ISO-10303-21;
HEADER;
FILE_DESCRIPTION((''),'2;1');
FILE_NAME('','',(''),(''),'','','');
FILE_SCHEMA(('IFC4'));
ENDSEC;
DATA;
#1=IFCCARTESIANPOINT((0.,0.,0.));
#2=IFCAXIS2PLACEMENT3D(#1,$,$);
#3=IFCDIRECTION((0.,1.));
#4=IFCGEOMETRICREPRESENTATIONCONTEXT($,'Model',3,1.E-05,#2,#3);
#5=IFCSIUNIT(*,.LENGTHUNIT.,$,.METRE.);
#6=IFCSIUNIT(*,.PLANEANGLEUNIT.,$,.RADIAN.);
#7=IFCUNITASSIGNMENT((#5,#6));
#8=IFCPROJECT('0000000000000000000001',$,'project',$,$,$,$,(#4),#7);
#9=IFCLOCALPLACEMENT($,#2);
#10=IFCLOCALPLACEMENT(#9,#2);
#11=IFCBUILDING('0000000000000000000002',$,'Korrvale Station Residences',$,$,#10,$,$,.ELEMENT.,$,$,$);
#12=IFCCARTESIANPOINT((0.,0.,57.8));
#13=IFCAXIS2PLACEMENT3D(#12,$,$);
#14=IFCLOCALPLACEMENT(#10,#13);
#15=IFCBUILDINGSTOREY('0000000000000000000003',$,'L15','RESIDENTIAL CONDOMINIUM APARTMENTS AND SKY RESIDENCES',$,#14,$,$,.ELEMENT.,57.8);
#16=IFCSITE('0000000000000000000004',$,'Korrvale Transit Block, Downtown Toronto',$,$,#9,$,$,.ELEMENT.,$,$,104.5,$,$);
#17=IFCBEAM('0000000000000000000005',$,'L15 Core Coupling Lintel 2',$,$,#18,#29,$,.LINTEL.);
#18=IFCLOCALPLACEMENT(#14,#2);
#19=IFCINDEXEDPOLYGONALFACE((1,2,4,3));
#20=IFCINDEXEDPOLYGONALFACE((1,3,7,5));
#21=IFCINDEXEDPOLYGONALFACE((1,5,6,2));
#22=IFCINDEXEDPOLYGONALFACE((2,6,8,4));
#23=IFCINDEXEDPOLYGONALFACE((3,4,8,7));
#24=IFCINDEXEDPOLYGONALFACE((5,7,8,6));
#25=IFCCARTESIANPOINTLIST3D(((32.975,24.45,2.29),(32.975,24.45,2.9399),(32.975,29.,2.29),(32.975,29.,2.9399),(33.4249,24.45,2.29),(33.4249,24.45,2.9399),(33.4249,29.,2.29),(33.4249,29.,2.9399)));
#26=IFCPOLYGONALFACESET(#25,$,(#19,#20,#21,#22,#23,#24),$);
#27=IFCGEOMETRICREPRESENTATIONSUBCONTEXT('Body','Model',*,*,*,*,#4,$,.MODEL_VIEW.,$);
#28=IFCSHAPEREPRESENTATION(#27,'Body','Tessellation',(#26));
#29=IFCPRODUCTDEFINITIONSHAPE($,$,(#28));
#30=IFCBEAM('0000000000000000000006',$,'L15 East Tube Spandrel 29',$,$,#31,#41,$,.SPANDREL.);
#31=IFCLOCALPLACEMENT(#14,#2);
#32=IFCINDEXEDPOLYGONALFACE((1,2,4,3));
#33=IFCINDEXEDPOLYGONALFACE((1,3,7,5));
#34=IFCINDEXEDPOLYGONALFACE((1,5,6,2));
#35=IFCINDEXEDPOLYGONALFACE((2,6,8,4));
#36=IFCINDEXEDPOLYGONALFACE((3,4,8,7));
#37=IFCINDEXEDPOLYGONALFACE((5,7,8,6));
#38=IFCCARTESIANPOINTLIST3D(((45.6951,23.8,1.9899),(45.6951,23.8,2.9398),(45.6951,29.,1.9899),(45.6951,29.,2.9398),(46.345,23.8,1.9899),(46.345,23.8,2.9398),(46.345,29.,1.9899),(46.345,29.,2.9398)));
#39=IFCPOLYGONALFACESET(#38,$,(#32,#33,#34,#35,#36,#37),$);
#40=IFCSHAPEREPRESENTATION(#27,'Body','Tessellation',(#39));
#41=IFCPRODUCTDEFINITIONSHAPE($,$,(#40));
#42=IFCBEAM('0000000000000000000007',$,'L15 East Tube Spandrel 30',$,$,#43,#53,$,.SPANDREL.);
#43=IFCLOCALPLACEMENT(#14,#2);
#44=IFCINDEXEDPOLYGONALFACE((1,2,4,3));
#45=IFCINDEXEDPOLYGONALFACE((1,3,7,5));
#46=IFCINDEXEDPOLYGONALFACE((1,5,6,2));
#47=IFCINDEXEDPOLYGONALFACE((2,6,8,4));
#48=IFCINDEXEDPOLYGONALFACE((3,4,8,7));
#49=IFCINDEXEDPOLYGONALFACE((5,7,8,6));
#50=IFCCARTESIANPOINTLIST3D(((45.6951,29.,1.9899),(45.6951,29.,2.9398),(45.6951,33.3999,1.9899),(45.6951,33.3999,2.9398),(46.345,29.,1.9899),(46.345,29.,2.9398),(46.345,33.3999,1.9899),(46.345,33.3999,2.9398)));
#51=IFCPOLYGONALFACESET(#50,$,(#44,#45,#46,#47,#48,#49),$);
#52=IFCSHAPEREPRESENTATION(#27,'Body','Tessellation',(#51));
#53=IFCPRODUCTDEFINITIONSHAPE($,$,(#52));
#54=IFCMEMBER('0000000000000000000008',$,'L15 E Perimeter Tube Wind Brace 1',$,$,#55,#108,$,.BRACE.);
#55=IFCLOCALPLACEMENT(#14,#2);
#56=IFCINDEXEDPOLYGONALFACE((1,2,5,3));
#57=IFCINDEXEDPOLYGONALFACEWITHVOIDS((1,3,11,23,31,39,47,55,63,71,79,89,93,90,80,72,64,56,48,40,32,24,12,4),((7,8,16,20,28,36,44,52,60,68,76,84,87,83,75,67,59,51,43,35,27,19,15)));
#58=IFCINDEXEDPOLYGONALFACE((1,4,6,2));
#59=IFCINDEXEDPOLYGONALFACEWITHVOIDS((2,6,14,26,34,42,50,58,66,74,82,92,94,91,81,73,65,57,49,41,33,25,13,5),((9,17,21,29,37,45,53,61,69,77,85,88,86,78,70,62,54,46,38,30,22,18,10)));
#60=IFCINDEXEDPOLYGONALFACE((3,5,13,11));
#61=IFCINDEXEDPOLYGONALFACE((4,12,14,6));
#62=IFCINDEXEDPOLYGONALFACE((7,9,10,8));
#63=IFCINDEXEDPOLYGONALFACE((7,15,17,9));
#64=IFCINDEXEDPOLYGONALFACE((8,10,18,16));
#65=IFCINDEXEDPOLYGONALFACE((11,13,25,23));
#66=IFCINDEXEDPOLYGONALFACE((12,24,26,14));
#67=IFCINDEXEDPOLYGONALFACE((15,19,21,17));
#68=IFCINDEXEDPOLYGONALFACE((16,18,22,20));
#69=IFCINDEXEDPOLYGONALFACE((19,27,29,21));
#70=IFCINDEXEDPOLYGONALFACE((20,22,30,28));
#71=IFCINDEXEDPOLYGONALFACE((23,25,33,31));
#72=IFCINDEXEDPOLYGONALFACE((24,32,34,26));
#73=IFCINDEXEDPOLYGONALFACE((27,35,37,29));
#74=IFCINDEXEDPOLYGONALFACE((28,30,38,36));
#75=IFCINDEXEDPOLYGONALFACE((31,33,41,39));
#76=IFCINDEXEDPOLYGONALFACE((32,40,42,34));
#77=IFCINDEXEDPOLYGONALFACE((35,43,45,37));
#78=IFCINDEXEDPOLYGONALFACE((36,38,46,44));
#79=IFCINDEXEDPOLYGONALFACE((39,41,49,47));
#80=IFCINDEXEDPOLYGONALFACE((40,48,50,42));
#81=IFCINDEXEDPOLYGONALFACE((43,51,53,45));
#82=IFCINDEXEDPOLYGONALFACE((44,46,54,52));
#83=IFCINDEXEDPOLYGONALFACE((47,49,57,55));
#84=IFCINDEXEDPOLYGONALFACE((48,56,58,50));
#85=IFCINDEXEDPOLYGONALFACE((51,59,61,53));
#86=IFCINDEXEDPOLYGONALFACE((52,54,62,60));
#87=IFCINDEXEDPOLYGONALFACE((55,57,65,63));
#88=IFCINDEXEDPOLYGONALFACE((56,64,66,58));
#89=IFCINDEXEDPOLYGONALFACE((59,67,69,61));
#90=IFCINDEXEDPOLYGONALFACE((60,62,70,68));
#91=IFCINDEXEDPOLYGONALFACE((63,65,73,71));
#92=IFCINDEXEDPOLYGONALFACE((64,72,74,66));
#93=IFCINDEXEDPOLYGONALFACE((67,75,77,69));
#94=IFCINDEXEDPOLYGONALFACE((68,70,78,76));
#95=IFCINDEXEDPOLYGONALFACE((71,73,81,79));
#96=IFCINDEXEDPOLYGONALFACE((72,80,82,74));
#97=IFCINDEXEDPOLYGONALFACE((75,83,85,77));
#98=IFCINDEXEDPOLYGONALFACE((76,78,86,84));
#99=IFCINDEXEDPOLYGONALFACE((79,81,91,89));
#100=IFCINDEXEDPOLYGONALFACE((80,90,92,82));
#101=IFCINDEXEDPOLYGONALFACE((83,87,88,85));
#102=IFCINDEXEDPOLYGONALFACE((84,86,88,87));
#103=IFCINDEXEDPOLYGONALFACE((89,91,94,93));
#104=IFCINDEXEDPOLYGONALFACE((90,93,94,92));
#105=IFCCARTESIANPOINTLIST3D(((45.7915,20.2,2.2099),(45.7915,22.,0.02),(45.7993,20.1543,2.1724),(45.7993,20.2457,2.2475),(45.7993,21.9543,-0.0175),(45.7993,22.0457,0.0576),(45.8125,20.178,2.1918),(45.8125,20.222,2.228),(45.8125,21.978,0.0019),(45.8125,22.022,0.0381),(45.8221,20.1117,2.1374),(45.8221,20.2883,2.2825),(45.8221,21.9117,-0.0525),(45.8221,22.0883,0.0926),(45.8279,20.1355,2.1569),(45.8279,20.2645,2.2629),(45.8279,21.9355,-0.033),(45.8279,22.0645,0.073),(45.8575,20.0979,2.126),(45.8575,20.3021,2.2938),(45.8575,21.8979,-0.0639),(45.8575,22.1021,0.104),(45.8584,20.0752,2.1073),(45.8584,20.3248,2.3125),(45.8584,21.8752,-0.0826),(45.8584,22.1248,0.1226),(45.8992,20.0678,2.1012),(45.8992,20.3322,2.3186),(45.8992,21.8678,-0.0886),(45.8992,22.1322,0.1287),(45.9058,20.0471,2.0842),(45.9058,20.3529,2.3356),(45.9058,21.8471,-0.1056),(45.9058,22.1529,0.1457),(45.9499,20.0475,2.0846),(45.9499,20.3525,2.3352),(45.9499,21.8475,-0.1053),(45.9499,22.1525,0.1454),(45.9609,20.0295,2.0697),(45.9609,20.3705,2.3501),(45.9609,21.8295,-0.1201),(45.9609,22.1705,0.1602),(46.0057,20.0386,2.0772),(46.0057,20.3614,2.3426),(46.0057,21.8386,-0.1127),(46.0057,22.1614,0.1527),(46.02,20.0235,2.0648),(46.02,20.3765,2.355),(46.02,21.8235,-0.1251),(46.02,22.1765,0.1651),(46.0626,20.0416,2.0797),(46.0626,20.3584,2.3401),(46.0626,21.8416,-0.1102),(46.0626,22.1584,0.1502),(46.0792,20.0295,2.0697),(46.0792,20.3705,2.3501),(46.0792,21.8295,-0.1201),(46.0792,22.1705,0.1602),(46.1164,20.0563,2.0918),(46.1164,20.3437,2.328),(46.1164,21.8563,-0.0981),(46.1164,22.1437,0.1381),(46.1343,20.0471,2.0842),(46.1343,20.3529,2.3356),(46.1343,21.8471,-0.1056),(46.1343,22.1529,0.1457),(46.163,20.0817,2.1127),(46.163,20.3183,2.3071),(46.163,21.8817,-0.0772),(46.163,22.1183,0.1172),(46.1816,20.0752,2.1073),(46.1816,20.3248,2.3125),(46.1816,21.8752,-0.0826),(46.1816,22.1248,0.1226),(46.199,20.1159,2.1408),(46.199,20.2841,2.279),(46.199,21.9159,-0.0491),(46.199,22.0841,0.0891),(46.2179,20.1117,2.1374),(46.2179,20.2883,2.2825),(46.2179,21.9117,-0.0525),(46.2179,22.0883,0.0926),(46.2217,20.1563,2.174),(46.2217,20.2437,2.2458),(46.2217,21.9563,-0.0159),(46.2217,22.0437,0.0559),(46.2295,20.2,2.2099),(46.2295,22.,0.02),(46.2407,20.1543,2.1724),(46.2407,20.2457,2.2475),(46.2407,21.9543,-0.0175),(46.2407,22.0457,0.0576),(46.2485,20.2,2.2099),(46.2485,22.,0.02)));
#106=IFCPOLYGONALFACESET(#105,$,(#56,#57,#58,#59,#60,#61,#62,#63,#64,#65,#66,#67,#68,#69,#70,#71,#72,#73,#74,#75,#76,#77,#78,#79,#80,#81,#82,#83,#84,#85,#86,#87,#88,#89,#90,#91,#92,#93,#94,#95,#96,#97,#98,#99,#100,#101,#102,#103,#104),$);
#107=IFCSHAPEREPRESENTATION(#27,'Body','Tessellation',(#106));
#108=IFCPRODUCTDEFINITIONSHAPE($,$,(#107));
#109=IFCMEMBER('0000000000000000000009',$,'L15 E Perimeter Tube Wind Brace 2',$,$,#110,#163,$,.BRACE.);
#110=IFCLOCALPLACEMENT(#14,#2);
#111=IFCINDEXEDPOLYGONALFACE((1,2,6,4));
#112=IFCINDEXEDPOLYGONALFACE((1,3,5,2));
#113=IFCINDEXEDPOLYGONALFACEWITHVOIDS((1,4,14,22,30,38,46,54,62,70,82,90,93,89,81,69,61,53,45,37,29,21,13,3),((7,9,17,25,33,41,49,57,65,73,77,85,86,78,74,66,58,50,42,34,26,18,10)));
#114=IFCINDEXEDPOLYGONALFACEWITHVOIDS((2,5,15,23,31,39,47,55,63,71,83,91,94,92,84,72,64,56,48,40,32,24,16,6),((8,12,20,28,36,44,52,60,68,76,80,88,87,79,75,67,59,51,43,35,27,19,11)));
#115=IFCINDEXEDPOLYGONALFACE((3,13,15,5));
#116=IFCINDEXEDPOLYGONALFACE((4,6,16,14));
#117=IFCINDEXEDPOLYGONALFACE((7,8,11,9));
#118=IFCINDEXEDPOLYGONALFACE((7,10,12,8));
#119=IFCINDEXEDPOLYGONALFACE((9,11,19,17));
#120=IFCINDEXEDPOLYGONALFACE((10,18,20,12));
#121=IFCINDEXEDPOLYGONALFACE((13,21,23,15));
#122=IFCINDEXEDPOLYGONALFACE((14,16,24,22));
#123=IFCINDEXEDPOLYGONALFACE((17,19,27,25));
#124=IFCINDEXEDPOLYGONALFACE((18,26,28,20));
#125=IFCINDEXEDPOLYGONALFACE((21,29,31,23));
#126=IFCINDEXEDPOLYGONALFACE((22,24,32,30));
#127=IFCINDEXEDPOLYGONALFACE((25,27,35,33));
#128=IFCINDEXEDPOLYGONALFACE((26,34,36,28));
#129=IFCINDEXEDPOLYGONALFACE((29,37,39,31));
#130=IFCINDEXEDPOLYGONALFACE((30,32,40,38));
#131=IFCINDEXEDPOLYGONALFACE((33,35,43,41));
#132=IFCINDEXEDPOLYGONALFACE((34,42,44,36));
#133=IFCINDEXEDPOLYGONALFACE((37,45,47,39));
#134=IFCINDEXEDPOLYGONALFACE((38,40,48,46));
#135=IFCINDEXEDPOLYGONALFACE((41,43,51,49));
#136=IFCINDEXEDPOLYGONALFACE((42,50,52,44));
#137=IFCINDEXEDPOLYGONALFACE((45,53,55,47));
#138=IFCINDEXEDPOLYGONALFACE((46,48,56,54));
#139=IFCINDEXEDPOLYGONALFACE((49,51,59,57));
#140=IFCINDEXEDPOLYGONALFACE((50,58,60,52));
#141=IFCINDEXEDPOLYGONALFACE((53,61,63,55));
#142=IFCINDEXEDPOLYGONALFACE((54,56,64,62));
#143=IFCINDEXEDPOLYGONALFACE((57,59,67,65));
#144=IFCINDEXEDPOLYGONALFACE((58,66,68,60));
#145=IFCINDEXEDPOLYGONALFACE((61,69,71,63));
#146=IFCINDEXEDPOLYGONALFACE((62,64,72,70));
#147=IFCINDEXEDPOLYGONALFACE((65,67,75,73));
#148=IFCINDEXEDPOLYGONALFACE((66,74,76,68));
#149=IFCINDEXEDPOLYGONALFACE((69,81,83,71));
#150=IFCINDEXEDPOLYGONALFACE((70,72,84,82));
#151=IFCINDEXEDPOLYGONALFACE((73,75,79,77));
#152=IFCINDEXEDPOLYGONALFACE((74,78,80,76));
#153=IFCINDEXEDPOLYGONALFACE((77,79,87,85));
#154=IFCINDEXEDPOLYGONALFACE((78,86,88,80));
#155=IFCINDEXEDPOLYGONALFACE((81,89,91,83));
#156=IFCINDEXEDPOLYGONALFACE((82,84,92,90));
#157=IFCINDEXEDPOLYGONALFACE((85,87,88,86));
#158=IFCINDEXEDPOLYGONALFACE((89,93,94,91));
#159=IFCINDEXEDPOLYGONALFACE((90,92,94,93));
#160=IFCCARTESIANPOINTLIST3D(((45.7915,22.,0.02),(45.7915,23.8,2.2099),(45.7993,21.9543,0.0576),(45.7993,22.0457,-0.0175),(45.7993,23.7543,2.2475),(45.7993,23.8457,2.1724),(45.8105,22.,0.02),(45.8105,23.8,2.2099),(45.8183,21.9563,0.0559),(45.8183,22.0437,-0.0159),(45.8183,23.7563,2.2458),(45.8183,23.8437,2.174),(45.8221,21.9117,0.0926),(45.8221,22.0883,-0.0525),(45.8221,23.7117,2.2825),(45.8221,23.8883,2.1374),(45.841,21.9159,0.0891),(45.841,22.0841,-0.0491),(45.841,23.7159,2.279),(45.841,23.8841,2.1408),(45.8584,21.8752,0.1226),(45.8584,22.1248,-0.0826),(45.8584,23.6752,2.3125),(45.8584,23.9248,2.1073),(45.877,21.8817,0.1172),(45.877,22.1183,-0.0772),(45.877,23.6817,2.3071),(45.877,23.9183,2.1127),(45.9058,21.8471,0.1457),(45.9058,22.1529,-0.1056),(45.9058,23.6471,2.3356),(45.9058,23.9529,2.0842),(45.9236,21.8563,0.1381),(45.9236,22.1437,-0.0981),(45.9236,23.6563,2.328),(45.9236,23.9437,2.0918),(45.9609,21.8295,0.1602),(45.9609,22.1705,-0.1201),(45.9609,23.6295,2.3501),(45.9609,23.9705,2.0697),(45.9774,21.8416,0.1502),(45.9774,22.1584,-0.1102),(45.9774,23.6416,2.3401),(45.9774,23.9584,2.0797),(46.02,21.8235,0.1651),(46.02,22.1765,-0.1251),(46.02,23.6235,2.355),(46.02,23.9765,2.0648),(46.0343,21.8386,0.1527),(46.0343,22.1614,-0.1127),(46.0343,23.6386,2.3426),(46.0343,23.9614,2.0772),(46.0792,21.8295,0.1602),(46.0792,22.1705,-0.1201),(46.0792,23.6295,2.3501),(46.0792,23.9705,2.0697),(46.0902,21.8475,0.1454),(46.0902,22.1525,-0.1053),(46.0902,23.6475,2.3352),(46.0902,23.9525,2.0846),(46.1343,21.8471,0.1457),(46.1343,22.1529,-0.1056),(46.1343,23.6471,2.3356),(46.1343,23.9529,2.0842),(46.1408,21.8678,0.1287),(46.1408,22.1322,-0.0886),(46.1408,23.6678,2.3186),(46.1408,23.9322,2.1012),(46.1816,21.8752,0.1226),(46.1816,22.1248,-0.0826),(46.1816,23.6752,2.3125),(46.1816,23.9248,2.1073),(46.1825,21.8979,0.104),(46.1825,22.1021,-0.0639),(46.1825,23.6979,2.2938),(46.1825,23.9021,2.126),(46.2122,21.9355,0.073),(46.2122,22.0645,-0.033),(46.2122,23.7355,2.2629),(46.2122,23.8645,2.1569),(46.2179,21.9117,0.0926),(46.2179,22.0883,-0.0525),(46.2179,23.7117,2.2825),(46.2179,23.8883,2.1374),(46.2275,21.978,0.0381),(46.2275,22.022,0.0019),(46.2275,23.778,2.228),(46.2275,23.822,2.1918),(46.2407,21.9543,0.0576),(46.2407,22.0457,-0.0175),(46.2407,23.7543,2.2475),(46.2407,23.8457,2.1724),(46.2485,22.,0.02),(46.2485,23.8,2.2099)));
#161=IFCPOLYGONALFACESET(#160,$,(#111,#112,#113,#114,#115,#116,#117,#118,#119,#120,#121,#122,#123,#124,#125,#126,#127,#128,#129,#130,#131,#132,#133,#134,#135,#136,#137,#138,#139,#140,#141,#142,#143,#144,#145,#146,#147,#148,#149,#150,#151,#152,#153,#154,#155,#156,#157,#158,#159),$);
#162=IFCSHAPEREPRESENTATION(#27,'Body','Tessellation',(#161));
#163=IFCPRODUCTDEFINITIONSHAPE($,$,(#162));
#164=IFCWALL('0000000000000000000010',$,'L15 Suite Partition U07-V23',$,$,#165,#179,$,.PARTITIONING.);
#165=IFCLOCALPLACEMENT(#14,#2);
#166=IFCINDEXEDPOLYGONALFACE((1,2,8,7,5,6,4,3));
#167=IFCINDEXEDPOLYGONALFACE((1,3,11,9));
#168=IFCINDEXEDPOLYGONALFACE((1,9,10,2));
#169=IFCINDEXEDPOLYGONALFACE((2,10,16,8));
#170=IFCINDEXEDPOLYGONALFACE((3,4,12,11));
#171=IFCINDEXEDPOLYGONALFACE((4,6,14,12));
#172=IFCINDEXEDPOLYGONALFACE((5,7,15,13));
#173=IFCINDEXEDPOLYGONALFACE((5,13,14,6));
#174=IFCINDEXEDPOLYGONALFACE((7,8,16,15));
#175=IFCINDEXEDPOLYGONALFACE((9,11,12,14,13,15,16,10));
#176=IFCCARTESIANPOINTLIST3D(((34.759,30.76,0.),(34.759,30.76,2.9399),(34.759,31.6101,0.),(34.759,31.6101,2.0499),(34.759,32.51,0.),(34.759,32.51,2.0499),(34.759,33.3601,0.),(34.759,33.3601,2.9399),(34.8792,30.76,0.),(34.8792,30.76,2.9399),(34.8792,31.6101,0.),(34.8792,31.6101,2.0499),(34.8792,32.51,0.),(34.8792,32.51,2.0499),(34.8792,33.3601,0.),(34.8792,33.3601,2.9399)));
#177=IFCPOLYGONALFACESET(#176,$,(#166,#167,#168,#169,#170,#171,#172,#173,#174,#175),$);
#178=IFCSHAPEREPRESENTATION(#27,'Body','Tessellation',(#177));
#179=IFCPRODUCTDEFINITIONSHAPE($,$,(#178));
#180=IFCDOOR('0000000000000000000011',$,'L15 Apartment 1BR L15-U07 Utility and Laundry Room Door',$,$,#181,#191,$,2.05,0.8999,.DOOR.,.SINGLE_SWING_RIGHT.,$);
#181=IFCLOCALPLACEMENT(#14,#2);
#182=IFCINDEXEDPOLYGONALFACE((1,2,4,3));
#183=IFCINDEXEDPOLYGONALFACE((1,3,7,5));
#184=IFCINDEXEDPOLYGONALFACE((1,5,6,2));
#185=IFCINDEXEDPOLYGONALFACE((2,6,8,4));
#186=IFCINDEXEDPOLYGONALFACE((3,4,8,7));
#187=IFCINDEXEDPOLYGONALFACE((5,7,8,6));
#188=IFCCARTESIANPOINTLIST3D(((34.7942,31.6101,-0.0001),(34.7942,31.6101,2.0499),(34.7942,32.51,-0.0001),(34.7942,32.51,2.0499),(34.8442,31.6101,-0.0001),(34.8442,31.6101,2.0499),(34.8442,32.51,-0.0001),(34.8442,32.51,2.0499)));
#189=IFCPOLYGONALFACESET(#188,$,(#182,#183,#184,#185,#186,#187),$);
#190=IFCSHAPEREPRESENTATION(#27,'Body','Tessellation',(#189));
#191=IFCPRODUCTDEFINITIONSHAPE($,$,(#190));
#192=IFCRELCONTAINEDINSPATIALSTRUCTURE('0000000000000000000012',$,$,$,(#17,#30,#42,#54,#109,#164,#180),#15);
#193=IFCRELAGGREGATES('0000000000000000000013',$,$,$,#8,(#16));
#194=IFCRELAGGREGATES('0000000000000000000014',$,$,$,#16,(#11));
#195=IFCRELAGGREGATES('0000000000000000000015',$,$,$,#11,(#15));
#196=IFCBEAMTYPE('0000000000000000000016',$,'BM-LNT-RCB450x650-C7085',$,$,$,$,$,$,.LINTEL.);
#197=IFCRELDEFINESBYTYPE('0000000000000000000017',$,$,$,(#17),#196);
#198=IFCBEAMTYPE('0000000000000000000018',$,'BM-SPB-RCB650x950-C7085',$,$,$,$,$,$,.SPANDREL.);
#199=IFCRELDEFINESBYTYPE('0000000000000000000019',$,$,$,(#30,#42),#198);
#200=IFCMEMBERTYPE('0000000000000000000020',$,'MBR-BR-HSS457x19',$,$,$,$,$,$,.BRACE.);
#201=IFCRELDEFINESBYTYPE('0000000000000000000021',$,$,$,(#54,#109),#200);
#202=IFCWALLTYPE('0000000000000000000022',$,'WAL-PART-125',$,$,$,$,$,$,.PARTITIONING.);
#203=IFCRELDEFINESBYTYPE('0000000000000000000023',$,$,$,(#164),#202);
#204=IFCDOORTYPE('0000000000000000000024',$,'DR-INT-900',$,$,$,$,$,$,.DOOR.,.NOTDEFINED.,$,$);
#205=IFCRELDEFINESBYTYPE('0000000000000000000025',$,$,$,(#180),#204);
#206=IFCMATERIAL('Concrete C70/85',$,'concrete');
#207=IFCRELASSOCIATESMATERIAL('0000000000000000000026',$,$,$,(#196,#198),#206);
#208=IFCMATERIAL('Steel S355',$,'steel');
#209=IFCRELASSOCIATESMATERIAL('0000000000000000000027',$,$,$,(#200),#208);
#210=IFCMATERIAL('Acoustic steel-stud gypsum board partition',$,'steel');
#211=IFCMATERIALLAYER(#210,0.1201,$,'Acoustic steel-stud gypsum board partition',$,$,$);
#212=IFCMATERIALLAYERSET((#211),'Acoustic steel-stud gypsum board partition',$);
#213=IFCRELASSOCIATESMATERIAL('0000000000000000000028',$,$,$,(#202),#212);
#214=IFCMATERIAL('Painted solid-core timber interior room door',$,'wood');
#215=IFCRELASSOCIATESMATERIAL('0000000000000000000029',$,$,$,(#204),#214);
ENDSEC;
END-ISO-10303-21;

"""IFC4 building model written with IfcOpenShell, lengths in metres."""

from ifc_helpers import new_model, si_unit, direction, frame, frame_2d, origin, origin_2d, place, context, subcontext, project, spatial, rectangle, hollow_circle, extrude, material, layer, layer_set, material_profile, profile_set, type_object, element, fill, save


model = new_model("IFC4")

# Units and contexts
model_context = context("Model", 3, precision=1e-05, world=origin(), true_north=direction((0.0, 1.0)))
body_context = subcontext(model_context, "Body", "Model", "MODEL_VIEW")
ifc_project = project(units=[si_unit("LENGTHUNIT", "METRE"), si_unit("PLANEANGLEUNIT", "RADIAN")], contexts=[model_context])

# Site, building, storey
site_placement = place(None, origin())
site = spatial("IfcSite", under=ifc_project, at=site_placement, Name="Korrvale Transit Block, Downtown Toronto", CompositionType="ELEMENT", RefElevation=104.5)
building_placement = place(site_placement, origin())
building = spatial("IfcBuilding", under=site, at=building_placement, Name="Korrvale Station Residences", CompositionType="ELEMENT")
storey_placement = place(building_placement, frame((0.0, 0.0, 57.8)))
storey = spatial("IfcBuildingStorey", under=building, at=storey_placement, Name="L15", Description="RESIDENTIAL CONDOMINIUM APARTMENTS AND SKY RESIDENCES", CompositionType="ELEMENT", Elevation=57.8)

# Shared definitions
ifc_material_1 = material(Name="Concrete C70/85", Category="concrete")

# Beams
ifc_material_2 = material(Name="Steel S355", Category="steel")
ifc_material_profile_1 = material_profile(ifc_material_1, rectangle(XDim=0.45, YDim=0.6499, at=origin_2d()), Name="RCB450x650")
ifc_profile_set_1 = profile_set([ifc_material_profile_1], Name="Concrete C70/85")
beam_type_1 = type_object("IfcBeamType", Name="BM-LNT-RCB450x650-C7085", PredefinedType="LINTEL", material=ifc_profile_set_1)
beam_1_placement = place(storey_placement, frame((33.2, 24.45, 2.615), z_axis=(0.0, 1.0, 0.0), x_axis=(-1.0, 0.0, 0.0)))
element("IfcBeam", 1, at=beam_1_placement, inside=storey, type_object=beam_type_1, Name="L15 Core Coupling Lintel 2", PredefinedType="LINTEL", context=body_context, shape_type="SweptSolid", body=[
    extrude(rectangle(XDim=0.45, YDim=0.6499, at=origin_2d()), origin(), (0.0, 0.0, 1.0), 4.55),
])
ifc_material_profile_2 = material_profile(ifc_material_1, rectangle(XDim=0.6499, YDim=0.95, at=origin_2d()), Name="RCB650x950")
ifc_profile_set_2 = profile_set([ifc_material_profile_2], Name="Concrete C70/85")
beam_type_2 = type_object("IfcBeamType", Name="BM-SPB-RCB650x950-C7085", PredefinedType="SPANDREL", material=ifc_profile_set_2)
beam_2_placement = place(storey_placement, frame((46.02, 23.8, 2.4648), z_axis=(0.0, 1.0, 0.0), x_axis=(-1.0, 0.0, 0.0)))
element("IfcBeam", 2, at=beam_2_placement, inside=storey, type_object=beam_type_2, Name="L15 East Tube Spandrel 29", PredefinedType="SPANDREL", context=body_context, shape_type="SweptSolid", body=[
    extrude(rectangle(XDim=0.6499, YDim=0.95, at=origin_2d()), origin(), (0.0, 0.0, 1.0), 5.2),
])
beam_3_placement = place(storey_placement, frame((46.02, 29.0, 2.4648), z_axis=(0.0, 1.0, 0.0), x_axis=(-1.0, 0.0, 0.0)))
element("IfcBeam", 3, at=beam_3_placement, inside=storey, type_object=beam_type_2, Name="L15 East Tube Spandrel 30", PredefinedType="SPANDREL", context=body_context, shape_type="SweptSolid", body=[
    extrude(rectangle(XDim=0.6499, YDim=0.95, at=origin_2d()), origin(), (0.0, 0.0, 1.0), 4.3999),
])

# Members
ifc_material_profile_3 = material_profile(ifc_material_2, hollow_circle(Radius=0.2285, WallThickness=0.019, at=origin_2d()), Name="HSS457x19")
ifc_profile_set_3 = profile_set([ifc_material_profile_3], Name="Steel S355")
member_type = type_object("IfcMemberType", Name="MBR-BR-HSS457x19", PredefinedType="BRACE", material=ifc_profile_set_3)
for number, where, z_axis, x_axis, name in (
    (4, (46.02, 22.0, 0.02), (0.0, -0.634985, 0.772524), (1.0, 0.0, 0.0), "L15 E Perimeter Tube Wind Brace 1"),
    (5, (46.02, 22.0, 0.02), (0.0, 0.634985, 0.772524), (-1.0, 0.0, 0.0), "L15 E Perimeter Tube Wind Brace 2"),
):
    element("IfcMember", number, at=place(storey_placement, frame(where, z_axis=z_axis, x_axis=x_axis)), inside=storey, type_object=member_type, Name=name, PredefinedType="BRACE", context=body_context, shape_type="SweptSolid", body=[
        extrude(hollow_circle(Radius=0.2285, WallThickness=0.019, at=origin_2d()), origin(), (0.0, 0.0, 1.0), 2.8347),
    ])

# Wall, opening, door
ifc_material_3 = material(Name="Acoustic steel-stud gypsum board partition", Category="steel")
ifc_layer_1 = layer(ifc_material_3, 0.1201, Name="Acoustic steel-stud gypsum board partition")
ifc_layer_set_1 = layer_set([ifc_layer_1], Name="Acoustic steel-stud gypsum board partition")
wall_type_1 = type_object("IfcWallType", Name="WAL-PART-125", PredefinedType="PARTITIONING", material=ifc_layer_set_1)
wall_1_placement = place(storey_placement, frame((34.8191, 30.76, 0.0), z_axis=(0.0, 0.0, 1.0), x_axis=(0.0, 1.0, 0.0)))
wall_1 = element("IfcWall", 6, at=wall_1_placement, inside=storey, type_object=wall_type_1, Name="L15 Suite Partition U07-V23", PredefinedType="PARTITIONING", context=body_context, shape_type="SweptSolid", body=[
    extrude(rectangle(XDim=2.6001, YDim=0.1201, at=frame_2d((1.3, 0.0))), origin(), (0.0, 0.0, 1.0), 2.9399),
])
opening_1_placement = place(wall_1_placement, frame((0.8501, 0.0, 0.0)))
opening_1 = element("IfcOpeningElement", 7, at=opening_1_placement, cuts=wall_1, PredefinedType="OPENING", context=body_context, shape_type="SweptSolid", body=[
    extrude(rectangle(XDim=0.8999, YDim=2.05, at=frame_2d((0.45, 1.0249))), frame((0.0, 0.0701, 0.0), z_axis=(0.0, -1.0, 0.0), x_axis=(1.0, 0.0, 0.0)), (0.0, 0.0, 1.0), 0.1401),
])
ifc_material_4 = material(Name="Painted solid-core timber interior room door", Category="wood")
door_type_1 = type_object("IfcDoorType", Name="DR-INT-900", OperationType="NOTDEFINED", PredefinedType="DOOR", material=ifc_material_4)
door_1_placement = place(opening_1_placement, origin())
door_1 = element("IfcDoor", 8, at=door_1_placement, inside=storey, type_object=door_type_1, Name="L15 Apartment 1BR L15-U07 Utility and Laundry Room Door", OperationType="SINGLE_SWING_RIGHT", OverallHeight=2.05, OverallWidth=0.8999, PredefinedType="DOOR", context=body_context, shape_type="SweptSolid", body=[
    extrude(rectangle(XDim=0.8999, YDim=2.05, at=frame_2d((0.45, 1.0249))), frame((0.0, 0.0249, 0.0), z_axis=(0.0, -1.0, 0.0), x_axis=(1.0, 0.0, 0.0)), (0.0, 0.0, 1.0), 0.05),
])
fill(opening_1, door_1)

save(model, "model.ifc")
